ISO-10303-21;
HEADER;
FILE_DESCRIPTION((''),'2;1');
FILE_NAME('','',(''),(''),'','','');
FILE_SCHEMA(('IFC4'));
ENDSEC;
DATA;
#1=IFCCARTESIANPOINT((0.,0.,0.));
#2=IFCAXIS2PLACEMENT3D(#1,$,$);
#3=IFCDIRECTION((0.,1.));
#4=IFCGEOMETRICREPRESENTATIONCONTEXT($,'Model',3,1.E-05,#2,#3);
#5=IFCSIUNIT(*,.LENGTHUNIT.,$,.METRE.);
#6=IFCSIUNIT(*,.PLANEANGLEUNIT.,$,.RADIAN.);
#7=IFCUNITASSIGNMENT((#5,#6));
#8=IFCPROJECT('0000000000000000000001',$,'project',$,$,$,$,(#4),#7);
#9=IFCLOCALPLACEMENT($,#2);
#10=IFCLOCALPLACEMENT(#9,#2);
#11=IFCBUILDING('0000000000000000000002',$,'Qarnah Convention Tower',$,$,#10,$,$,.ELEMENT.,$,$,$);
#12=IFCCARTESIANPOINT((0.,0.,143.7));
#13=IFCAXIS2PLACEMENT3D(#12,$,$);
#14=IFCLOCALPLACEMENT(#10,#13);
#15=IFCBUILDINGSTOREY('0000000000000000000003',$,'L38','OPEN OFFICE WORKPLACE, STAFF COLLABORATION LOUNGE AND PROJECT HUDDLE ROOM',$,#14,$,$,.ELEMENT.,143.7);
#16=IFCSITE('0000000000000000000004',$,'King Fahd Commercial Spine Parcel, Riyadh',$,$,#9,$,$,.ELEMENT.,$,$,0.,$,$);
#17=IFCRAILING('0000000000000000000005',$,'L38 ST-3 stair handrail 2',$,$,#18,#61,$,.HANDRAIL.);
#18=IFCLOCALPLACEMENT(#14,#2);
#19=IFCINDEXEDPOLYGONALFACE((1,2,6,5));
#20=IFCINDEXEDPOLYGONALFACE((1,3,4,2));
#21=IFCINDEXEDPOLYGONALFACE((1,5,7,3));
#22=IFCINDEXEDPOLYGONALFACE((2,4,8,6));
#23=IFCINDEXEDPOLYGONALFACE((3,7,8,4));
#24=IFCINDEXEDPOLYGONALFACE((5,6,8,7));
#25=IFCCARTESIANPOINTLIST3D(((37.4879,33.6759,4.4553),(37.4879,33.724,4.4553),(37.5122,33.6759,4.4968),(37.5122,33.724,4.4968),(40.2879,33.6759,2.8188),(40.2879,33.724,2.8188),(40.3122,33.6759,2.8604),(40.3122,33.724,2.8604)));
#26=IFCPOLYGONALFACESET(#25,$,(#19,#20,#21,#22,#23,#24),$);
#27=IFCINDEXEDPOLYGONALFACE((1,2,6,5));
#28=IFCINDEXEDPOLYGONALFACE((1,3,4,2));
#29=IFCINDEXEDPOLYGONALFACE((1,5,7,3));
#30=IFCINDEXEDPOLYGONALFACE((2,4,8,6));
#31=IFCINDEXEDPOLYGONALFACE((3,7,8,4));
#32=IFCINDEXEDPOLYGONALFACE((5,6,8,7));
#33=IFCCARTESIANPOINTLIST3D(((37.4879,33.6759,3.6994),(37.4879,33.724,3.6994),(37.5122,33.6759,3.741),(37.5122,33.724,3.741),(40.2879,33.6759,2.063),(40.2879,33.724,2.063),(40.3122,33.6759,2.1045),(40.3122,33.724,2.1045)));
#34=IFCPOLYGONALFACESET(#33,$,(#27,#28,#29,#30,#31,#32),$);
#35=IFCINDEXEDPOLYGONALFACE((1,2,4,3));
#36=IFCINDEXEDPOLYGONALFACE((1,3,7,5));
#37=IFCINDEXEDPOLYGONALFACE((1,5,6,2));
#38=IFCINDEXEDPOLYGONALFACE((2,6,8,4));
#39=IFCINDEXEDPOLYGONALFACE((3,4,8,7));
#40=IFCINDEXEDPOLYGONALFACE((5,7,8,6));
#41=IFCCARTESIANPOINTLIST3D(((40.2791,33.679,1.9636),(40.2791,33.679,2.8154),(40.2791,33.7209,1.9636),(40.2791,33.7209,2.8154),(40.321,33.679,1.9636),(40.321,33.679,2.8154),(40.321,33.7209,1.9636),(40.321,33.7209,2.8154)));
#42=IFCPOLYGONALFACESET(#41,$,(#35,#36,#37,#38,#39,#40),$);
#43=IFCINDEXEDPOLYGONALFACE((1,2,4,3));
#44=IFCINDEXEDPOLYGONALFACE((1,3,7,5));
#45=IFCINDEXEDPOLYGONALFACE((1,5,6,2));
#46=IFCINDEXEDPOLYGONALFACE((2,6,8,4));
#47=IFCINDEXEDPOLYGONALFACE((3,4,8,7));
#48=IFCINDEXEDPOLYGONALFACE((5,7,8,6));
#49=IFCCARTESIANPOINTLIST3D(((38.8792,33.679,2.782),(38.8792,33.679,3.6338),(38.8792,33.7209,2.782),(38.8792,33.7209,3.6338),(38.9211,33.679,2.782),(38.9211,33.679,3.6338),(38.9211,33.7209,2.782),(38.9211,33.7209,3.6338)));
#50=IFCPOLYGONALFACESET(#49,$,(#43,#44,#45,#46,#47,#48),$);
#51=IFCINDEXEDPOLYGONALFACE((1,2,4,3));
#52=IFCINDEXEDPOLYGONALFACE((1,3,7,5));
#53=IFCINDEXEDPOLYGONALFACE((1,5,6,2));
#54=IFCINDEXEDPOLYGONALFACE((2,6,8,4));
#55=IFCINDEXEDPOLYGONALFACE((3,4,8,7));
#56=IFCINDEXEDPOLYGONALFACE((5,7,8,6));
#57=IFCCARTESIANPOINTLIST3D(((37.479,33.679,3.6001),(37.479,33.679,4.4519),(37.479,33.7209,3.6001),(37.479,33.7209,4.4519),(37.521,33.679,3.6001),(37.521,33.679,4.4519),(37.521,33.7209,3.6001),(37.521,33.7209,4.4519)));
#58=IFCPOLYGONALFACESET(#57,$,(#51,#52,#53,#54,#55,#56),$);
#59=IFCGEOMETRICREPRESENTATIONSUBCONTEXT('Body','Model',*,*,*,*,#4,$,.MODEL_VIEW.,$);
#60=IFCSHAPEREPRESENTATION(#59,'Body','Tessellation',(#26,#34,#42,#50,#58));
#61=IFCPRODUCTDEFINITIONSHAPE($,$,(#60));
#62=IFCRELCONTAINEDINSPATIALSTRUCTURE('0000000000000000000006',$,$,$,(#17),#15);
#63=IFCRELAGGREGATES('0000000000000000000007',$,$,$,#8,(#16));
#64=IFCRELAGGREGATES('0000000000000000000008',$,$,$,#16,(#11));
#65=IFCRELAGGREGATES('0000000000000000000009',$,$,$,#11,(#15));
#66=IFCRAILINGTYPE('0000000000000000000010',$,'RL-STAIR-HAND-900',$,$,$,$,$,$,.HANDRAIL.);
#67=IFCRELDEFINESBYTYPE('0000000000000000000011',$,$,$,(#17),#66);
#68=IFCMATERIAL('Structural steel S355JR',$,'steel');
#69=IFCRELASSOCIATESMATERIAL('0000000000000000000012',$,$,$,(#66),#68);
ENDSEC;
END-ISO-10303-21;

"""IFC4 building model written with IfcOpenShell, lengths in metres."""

from ifc_helpers import new_model, si_unit, direction, frame, origin, origin_2d, place, context, subcontext, project, spatial, rectangle, extrude, material, type_object, element, save


model = new_model("IFC4")

# Units and contexts
model_context = context("Model", 3, precision=1e-05, world=origin(), true_north=direction((0.0, 1.0)))
body_context = subcontext(model_context, "Body", "Model", "MODEL_VIEW")
ifc_project = project(units=[si_unit("LENGTHUNIT", "METRE"), si_unit("PLANEANGLEUNIT", "RADIAN")], contexts=[model_context])

# Site, building, storey
site_placement = place(None, origin())
site = spatial("IfcSite", under=ifc_project, at=site_placement, Name="King Fahd Commercial Spine Parcel, Riyadh", CompositionType="ELEMENT", RefElevation=0.0)
building_placement = place(site_placement, origin())
building = spatial("IfcBuilding", under=site, at=building_placement, Name="Qarnah Convention Tower", CompositionType="ELEMENT")
storey_placement = place(building_placement, frame((0.0, 0.0, 143.7)))
storey = spatial("IfcBuildingStorey", under=building, at=storey_placement, Name="L38", Description="OPEN OFFICE WORKPLACE, STAFF COLLABORATION LOUNGE AND PROJECT HUDDLE ROOM", CompositionType="ELEMENT", Elevation=143.7)

# Shared definitions
ifc_material_1 = material(Name="Structural steel S355JR", Category="steel")

# Railing
railing_type_1 = type_object("IfcRailingType", Name="RL-STAIR-HAND-900", PredefinedType="HANDRAIL", material=ifc_material_1)
railing_1_placement = place(storey_placement, frame((40.3, 33.7, 1.9636)))
element("IfcRailing", 1, at=railing_1_placement, inside=storey, type_object=railing_type_1, Name="L38 ST-3 stair handrail 2", PredefinedType="HANDRAIL", context=body_context, shape_type="SweptSolid", body=[
    extrude(rectangle(XDim=0.0481, YDim=0.0481, at=origin_2d()), frame((0.0, 0.0, 0.876), z_axis=(-0.863361, 0.0, 0.504587), x_axis=(0.0, -1.0, 0.0)), (0.0, 0.0, 1.0), 3.2432),
    extrude(rectangle(XDim=0.0481, YDim=0.0481, at=origin_2d()), frame((0.0, 0.0, 0.1201), z_axis=(-0.863361, 0.0, 0.504587), x_axis=(0.0, -1.0, 0.0)), (0.0, 0.0, 1.0), 3.2432),
    extrude(rectangle(XDim=0.042, YDim=0.042, at=origin_2d()), origin(), (0.0, 0.0, 1.0), 0.8518),
    extrude(rectangle(XDim=0.042, YDim=0.042, at=origin_2d()), frame((-1.3999, 0.0, 0.8184)), (0.0, 0.0, 1.0), 0.8518),
    extrude(rectangle(XDim=0.042, YDim=0.042, at=origin_2d()), frame((-2.8, 0.0, 1.6365)), (0.0, 0.0, 1.0), 0.8518),
])

save(model, "model.ifc")
